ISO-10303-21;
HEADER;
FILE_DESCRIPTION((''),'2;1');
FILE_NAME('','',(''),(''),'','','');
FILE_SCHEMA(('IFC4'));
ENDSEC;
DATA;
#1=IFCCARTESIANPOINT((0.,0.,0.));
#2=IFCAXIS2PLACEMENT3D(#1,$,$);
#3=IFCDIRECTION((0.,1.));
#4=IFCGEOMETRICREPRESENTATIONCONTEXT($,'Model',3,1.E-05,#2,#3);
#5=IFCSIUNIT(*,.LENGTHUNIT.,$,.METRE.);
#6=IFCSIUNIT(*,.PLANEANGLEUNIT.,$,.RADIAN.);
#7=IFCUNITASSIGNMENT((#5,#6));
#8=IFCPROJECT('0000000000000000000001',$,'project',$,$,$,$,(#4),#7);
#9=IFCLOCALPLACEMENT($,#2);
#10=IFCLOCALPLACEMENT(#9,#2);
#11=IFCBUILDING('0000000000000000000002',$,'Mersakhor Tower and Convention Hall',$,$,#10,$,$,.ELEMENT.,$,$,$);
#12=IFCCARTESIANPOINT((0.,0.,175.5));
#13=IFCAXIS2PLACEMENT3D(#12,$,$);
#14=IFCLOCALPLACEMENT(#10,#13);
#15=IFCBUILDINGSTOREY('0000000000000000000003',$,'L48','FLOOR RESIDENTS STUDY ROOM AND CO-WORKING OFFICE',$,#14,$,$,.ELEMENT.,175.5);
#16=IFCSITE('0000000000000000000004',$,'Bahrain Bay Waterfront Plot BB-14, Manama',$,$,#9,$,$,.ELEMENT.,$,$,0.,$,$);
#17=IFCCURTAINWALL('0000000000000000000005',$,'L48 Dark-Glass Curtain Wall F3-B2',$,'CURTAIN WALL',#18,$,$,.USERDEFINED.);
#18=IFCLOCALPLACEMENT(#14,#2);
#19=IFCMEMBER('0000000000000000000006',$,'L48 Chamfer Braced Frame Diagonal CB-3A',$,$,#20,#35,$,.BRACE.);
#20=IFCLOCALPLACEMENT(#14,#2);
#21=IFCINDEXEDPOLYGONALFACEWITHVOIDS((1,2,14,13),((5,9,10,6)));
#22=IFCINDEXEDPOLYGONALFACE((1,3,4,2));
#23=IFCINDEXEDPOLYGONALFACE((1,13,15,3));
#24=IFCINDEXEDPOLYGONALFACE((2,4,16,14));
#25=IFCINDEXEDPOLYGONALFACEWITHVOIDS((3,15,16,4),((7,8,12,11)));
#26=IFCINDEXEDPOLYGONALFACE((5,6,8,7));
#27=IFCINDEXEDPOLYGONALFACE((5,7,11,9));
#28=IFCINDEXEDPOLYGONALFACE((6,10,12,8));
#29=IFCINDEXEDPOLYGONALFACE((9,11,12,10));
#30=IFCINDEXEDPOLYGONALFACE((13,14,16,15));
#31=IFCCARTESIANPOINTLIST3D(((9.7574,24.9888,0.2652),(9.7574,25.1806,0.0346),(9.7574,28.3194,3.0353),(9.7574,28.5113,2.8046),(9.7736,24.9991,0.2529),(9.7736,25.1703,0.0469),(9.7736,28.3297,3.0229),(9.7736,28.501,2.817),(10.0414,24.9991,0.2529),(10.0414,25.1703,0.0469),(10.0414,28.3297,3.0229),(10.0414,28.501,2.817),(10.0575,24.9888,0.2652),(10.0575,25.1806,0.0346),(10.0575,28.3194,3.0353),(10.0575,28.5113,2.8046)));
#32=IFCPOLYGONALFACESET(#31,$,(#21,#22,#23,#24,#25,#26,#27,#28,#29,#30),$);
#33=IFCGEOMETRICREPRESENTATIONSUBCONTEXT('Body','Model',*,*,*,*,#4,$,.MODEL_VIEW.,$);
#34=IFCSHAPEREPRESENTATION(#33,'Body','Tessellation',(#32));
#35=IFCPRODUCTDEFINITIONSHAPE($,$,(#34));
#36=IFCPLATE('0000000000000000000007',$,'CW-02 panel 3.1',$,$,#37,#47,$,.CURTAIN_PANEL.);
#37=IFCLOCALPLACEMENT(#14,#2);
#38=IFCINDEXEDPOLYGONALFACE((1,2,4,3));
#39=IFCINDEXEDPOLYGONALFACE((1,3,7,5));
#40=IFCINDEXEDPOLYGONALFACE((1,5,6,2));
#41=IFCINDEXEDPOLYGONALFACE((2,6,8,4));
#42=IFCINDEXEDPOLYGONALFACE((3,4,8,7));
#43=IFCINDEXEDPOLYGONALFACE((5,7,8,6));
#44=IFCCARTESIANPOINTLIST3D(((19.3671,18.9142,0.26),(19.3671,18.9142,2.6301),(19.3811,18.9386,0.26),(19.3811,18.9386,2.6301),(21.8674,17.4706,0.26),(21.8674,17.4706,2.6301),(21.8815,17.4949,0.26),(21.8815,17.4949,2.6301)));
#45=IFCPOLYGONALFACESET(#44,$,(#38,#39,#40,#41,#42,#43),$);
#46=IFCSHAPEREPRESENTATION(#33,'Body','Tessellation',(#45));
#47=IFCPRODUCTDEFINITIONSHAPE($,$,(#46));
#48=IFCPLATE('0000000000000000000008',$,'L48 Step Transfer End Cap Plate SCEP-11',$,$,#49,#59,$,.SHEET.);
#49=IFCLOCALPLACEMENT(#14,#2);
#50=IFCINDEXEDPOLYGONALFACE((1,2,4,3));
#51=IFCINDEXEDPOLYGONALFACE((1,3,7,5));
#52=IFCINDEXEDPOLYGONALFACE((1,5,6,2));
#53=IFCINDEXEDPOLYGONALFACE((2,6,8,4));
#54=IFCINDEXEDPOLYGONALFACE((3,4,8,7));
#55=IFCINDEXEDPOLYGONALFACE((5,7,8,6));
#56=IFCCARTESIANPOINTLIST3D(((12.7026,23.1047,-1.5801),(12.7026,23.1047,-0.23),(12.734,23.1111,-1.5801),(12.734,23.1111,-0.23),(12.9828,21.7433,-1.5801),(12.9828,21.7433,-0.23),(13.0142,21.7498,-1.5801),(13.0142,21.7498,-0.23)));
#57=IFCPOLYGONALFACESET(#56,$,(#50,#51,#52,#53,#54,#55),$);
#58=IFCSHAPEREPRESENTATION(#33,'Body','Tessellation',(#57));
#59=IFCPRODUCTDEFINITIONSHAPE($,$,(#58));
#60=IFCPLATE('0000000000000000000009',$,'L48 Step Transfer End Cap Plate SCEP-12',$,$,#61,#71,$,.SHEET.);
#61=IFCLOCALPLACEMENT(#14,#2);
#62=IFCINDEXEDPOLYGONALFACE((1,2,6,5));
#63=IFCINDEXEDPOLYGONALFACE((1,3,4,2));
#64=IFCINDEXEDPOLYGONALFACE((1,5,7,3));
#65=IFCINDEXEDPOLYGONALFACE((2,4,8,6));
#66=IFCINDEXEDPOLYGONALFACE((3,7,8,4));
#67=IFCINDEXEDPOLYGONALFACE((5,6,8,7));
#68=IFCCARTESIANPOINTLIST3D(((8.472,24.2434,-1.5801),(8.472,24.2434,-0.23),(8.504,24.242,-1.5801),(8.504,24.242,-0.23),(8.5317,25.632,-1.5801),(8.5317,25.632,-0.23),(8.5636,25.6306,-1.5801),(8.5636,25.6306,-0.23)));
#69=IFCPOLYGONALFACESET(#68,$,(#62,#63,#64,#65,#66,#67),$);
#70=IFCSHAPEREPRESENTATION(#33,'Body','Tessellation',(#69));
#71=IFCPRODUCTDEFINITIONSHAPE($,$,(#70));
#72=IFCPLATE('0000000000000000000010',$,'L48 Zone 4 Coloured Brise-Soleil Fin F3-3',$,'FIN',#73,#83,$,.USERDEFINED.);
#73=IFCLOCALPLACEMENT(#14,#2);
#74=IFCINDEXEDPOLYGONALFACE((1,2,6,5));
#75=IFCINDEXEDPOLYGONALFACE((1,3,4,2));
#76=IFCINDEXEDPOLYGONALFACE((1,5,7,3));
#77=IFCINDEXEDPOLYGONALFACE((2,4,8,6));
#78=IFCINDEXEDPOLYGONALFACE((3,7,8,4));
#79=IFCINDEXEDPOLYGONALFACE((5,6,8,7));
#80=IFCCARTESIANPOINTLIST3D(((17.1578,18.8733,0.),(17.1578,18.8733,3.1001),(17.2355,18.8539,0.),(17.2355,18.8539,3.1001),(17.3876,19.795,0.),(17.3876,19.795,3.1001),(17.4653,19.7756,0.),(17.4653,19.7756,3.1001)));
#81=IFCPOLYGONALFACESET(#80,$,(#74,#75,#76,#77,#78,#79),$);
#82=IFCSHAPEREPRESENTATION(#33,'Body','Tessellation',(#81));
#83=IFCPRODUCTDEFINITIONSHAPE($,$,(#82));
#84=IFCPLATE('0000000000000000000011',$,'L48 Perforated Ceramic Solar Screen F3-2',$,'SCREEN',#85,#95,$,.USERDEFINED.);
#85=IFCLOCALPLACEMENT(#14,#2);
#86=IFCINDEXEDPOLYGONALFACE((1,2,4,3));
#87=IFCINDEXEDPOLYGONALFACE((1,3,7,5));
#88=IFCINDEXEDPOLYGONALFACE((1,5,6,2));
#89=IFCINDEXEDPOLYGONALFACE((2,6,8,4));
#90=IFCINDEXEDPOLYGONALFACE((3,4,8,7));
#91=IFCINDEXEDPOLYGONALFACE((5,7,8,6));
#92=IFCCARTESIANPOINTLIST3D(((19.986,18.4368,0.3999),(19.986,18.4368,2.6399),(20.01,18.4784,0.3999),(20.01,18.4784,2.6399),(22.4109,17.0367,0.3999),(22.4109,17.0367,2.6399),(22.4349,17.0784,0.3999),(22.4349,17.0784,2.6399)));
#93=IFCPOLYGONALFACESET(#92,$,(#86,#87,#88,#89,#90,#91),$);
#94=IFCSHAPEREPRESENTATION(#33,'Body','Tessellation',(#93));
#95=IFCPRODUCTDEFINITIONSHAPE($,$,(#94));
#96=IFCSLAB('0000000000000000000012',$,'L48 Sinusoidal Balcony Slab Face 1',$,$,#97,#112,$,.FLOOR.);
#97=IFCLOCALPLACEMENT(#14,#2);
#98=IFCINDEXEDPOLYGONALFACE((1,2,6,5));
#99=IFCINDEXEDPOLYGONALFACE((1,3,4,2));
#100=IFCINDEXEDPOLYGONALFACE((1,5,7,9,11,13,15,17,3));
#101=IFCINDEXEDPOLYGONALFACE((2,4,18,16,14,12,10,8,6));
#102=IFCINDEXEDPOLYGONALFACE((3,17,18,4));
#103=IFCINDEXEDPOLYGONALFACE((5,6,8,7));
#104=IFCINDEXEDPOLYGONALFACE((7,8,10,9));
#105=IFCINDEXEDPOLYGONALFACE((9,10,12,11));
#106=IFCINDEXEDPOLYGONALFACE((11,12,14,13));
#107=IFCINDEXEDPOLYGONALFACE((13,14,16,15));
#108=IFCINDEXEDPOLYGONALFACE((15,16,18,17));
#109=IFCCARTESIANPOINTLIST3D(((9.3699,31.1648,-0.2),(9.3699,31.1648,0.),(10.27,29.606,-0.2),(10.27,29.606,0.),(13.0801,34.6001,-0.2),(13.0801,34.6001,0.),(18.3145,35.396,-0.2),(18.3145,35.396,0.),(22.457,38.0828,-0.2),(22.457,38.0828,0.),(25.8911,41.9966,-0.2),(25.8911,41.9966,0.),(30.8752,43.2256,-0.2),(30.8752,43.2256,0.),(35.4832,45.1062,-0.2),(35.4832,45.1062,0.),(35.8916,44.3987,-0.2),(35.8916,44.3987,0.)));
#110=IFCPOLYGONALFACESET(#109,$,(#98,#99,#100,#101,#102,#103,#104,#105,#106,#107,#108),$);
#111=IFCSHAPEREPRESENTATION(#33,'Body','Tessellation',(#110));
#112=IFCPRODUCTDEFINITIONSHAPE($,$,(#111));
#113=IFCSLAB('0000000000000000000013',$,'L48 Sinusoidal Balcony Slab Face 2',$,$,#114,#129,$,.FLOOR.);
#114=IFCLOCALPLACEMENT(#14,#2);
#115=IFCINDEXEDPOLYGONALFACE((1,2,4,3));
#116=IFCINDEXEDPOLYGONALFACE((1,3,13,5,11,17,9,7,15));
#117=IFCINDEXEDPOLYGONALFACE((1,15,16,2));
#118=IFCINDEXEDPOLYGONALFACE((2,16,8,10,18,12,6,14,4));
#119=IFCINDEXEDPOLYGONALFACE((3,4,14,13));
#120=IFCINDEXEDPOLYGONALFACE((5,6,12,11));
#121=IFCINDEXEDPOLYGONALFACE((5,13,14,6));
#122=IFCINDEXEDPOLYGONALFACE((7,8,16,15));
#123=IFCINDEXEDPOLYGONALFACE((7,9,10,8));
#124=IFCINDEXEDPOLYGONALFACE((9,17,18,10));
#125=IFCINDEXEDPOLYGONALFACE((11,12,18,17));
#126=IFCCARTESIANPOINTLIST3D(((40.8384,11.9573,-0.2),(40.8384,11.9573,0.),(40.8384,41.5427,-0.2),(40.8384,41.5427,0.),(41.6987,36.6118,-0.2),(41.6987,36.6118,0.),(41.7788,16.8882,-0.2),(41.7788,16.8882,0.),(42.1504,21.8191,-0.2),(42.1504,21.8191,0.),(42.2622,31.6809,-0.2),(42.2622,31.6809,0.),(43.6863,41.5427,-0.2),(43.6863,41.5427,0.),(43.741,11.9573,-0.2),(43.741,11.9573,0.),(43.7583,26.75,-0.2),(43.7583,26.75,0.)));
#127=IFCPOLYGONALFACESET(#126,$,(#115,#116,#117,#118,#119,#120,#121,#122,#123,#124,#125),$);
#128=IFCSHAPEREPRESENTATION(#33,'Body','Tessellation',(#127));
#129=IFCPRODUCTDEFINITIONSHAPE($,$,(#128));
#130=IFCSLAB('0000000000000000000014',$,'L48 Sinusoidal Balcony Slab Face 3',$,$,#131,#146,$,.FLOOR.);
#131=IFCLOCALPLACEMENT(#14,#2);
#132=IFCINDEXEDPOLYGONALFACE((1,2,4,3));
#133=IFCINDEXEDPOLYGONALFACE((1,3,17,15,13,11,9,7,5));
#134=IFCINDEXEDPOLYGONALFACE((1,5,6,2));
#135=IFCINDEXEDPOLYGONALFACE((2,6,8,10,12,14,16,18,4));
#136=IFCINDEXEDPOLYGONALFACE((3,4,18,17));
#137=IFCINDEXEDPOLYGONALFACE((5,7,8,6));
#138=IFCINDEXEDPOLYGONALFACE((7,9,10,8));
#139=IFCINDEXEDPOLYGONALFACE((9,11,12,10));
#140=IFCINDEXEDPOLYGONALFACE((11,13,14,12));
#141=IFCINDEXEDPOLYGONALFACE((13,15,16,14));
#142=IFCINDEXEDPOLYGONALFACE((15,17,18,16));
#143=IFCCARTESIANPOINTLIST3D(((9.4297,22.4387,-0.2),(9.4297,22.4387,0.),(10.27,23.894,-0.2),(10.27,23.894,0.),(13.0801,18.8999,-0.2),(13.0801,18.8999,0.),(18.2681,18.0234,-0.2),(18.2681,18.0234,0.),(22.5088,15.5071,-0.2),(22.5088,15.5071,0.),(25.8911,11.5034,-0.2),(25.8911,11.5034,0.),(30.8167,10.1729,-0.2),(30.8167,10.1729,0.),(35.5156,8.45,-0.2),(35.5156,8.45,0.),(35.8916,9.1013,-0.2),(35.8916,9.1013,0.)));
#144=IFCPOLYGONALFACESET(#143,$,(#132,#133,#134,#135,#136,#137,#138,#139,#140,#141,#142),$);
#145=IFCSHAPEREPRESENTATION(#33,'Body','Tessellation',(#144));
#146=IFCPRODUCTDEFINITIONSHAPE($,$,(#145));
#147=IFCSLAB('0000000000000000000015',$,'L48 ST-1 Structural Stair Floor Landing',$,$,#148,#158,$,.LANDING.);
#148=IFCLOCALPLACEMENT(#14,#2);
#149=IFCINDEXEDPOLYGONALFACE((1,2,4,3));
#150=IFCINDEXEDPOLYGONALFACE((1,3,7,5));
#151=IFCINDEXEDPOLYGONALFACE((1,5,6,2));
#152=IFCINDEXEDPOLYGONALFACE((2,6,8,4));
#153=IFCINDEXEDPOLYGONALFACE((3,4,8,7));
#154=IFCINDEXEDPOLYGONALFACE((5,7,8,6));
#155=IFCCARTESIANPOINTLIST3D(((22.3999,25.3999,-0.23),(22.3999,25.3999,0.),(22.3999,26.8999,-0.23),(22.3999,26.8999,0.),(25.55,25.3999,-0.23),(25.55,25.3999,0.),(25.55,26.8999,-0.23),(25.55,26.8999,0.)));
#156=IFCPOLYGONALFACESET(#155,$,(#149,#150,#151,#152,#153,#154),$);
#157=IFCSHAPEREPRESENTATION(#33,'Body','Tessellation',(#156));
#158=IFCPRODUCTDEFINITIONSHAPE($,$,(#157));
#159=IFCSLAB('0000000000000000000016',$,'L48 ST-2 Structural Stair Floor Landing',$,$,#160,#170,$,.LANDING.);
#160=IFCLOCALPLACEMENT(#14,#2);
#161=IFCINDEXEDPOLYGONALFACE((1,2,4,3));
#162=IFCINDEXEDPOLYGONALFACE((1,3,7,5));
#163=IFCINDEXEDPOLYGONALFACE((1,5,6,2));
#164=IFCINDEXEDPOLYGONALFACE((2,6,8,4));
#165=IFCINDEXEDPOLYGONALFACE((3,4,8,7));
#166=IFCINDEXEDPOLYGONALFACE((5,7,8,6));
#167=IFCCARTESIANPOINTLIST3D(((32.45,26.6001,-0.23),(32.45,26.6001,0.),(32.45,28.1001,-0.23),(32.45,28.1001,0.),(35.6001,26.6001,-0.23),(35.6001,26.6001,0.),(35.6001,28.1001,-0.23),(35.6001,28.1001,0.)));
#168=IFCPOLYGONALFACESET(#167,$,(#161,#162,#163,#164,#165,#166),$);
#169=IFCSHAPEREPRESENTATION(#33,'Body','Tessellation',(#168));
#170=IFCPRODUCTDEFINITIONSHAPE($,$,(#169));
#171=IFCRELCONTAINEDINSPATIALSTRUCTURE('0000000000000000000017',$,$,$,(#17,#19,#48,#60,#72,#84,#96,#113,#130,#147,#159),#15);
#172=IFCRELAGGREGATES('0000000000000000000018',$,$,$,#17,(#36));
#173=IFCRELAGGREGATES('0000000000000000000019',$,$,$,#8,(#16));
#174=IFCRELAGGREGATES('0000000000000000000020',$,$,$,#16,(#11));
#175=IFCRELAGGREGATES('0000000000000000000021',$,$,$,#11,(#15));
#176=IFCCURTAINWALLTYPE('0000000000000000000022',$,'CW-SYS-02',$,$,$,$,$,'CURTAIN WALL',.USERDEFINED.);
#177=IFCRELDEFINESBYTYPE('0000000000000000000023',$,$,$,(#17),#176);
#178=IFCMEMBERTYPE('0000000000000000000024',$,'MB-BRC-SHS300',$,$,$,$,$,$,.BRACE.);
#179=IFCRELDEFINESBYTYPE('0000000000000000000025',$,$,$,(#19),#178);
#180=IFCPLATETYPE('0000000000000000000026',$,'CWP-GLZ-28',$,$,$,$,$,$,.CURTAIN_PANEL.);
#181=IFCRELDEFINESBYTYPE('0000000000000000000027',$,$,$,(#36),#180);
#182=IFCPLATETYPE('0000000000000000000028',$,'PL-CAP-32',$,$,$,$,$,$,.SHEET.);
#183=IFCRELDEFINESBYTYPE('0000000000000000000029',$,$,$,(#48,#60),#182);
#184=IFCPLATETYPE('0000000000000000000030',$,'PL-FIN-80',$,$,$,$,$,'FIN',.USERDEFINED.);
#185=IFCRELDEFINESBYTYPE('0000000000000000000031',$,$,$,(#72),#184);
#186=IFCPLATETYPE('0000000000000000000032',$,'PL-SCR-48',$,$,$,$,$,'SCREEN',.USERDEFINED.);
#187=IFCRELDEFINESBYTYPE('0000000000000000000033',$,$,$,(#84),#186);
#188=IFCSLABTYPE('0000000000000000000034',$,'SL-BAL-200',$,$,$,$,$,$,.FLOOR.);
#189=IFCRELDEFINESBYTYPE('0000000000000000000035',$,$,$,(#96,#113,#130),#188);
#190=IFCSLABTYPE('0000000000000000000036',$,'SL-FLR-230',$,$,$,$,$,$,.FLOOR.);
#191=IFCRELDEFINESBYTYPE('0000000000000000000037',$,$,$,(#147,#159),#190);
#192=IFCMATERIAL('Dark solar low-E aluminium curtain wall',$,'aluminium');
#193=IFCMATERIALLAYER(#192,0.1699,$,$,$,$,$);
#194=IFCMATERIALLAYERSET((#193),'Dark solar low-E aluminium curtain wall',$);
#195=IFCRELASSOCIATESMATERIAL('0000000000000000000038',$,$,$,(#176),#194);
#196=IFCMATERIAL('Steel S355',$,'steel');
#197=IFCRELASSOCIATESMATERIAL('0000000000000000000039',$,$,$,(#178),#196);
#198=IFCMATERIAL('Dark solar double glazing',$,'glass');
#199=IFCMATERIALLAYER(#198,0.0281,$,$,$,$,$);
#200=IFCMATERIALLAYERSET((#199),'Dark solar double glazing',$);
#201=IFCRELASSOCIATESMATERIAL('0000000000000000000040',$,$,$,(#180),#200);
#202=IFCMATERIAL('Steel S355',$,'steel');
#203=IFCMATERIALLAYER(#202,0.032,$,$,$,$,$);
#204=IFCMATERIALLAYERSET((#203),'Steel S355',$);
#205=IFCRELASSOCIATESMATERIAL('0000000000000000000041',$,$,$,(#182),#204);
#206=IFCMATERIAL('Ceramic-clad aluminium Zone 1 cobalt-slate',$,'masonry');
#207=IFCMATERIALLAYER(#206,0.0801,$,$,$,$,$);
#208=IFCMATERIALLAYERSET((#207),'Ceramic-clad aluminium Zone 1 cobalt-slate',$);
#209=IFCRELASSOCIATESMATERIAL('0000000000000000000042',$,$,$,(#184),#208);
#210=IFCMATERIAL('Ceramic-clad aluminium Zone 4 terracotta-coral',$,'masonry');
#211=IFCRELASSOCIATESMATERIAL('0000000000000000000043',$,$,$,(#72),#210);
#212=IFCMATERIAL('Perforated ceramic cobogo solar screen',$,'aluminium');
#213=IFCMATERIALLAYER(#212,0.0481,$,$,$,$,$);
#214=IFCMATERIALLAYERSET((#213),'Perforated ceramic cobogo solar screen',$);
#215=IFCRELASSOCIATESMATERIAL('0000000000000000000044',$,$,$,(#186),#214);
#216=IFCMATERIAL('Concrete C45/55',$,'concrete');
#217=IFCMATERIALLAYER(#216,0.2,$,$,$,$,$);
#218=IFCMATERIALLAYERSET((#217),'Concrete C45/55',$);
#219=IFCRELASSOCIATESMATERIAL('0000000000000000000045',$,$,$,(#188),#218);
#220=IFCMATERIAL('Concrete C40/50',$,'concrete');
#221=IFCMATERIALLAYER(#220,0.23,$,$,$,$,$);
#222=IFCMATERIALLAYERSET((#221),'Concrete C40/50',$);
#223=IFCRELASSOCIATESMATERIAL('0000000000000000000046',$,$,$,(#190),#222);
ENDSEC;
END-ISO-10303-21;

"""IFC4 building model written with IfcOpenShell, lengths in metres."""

from ifc_helpers import new_model, si_unit, direction, frame, origin, origin_2d, place, context, subcontext, project, spatial, polyline, rectangle, hollow_rectangle, outline, extrude, material, layer, layer_set, material_profile, profile_set, type_object, element, aggregate, save


model = new_model("IFC4")

# Units and contexts
model_context = context("Model", 3, precision=1e-05, world=origin(), true_north=direction((0.0, 1.0)))
body_context = subcontext(model_context, "Body", "Model", "MODEL_VIEW")
ifc_project = project(units=[si_unit("LENGTHUNIT", "METRE"), si_unit("PLANEANGLEUNIT", "RADIAN")], contexts=[model_context])

# Site, building, storey
site_placement = place(None, origin())
site = spatial("IfcSite", under=ifc_project, at=site_placement, Name="Bahrain Bay Waterfront Plot BB-14, Manama", CompositionType="ELEMENT", RefElevation=0.0)
building_placement = place(site_placement, origin())
building = spatial("IfcBuilding", under=site, at=building_placement, Name="Mersakhor Tower and Convention Hall", CompositionType="ELEMENT")
storey_placement = place(building_placement, frame((0.0, 0.0, 175.5)))
storey = spatial("IfcBuildingStorey", under=building, at=storey_placement, Name="L48", Description="FLOOR RESIDENTS STUDY ROOM AND CO-WORKING OFFICE", CompositionType="ELEMENT", Elevation=175.5)

# Curtain wall
ifc_material_1 = material(Name="Dark solar low-E aluminium curtain wall", Category="aluminium")
ifc_layer_1 = layer(ifc_material_1, 0.1699)
ifc_layer_set_1 = layer_set([ifc_layer_1], Name="Dark solar low-E aluminium curtain wall")
curtain_wall_type = type_object("IfcCurtainWallType", Name="CW-SYS-02", ElementType="CURTAIN WALL", PredefinedType="USERDEFINED", material=ifc_layer_set_1)
curtain_wall_placement = place(storey_placement, origin())
curtain_wall = element("IfcCurtainWall", 1, at=curtain_wall_placement, inside=storey, type_object=curtain_wall_type, Name="L48 Dark-Glass Curtain Wall F3-B2", ObjectType="CURTAIN WALL", PredefinedType="USERDEFINED")

# Member
ifc_material_2 = material(Name="Steel S355", Category="steel")
ifc_material_profile_1 = material_profile(ifc_material_2, hollow_rectangle(XDim=0.3, YDim=0.3, WallThickness=0.0161, at=origin_2d()), Name="SHS 300x300x16")
ifc_profile_set_1 = profile_set([ifc_material_profile_1], Name="Steel S355")
member_type_1 = type_object("IfcMemberType", Name="MB-BRC-SHS300", PredefinedType="BRACE", material=ifc_profile_set_1)
member_1_placement = place(storey_placement, frame((9.9075, 25.0847, 0.1499), z_axis=(0.0, 0.76884, 0.639441), x_axis=(-1.0, 0.0, 0.0)))
element("IfcMember", 2, at=member_1_placement, inside=storey, type_object=member_type_1, Name="L48 Chamfer Braced Frame Diagonal CB-3A", PredefinedType="BRACE", context=body_context, shape_type="SweptSolid", body=[
    extrude(hollow_rectangle(XDim=0.3, YDim=0.3, WallThickness=0.0161, at=origin_2d()), origin(), (0.0, 0.0, 1.0), 4.332),
])

# Plate
ifc_material_3 = material(Name="Dark solar double glazing", Category="glass")
ifc_layer_2 = layer(ifc_material_3, 0.0281)
ifc_layer_set_2 = layer_set([ifc_layer_2], Name="Dark solar double glazing")
plate_type_1 = type_object("IfcPlateType", Name="CWP-GLZ-28", PredefinedType="CURTAIN_PANEL", material=ifc_layer_set_2)
plate_1_placement = place(storey_placement, frame((20.6243, 18.2046, 0.26), z_axis=(0.0, 0.0, 1.0), x_axis=(-0.866021, 0.500008, 0.0)))
plate_1 = element("IfcPlate", 3, at=plate_1_placement, type_object=plate_type_1, Name="CW-02 panel 3.1", PredefinedType="CURTAIN_PANEL", context=body_context, shape_type="SweptSolid", body=[
    extrude(rectangle(XDim=2.8872, YDim=0.0281, at=origin_2d()), origin(), (0.0, 0.0, 1.0), 2.3701),
])
aggregate(curtain_wall, [plate_1])

# Plates
ifc_material_4 = material(Name="Steel S355", Category="steel")
ifc_layer_3 = layer(ifc_material_4, 0.032)
ifc_layer_set_3 = layer_set([ifc_layer_3], Name="Steel S355")
plate_type_2 = type_object("IfcPlateType", Name="PL-CAP-32", PredefinedType="SHEET", material=ifc_layer_set_3)
for number, where, z_axis, x_axis, name in (
    (4, (12.8584, 22.4272, -1.5801), (0.0, 0.0, 1.0), (0.97947, 0.201591, 0.0), "L48 Step Transfer End Cap Plate SCEP-11"),
    (5, (8.5178, 24.937, -1.5801), (0.0, 0.0, 1.0), (0.999078, -0.042922, 0.0), "L48 Step Transfer End Cap Plate SCEP-12"),
):
    element("IfcPlate", number, at=place(storey_placement, frame(where, z_axis=z_axis, x_axis=x_axis)), inside=storey, type_object=plate_type_2, Name=name, PredefinedType="SHEET", context=body_context, shape_type="SweptSolid", body=[
        extrude(rectangle(XDim=0.032, YDim=1.3899, at=origin_2d()), origin(), (0.0, 0.0, 1.0), 1.3501),
    ])
ifc_material_5 = material(Name="Ceramic-clad aluminium Zone 4 terracotta-coral", Category="masonry")
ifc_material_6 = material(Name="Ceramic-clad aluminium Zone 1 cobalt-slate", Category="masonry")
ifc_layer_4 = layer(ifc_material_6, 0.0801)
ifc_layer_set_4 = layer_set([ifc_layer_4], Name="Ceramic-clad aluminium Zone 1 cobalt-slate")
plate_type_3 = type_object("IfcPlateType", Name="PL-FIN-80", ElementType="FIN", PredefinedType="USERDEFINED", material=ifc_layer_set_4)
plate_2_placement = place(storey_placement, frame((17.3115, 19.3245, 0.0), z_axis=(0.0, 0.0, 1.0), x_axis=(-0.241922, -0.970296, 0.0)))
element("IfcPlate", 6, at=plate_2_placement, inside=storey, type_object=plate_type_3, material=ifc_material_5, Name="L48 Zone 4 Coloured Brise-Soleil Fin F3-3", ObjectType="FIN", PredefinedType="USERDEFINED", context=body_context, shape_type="SweptSolid", body=[
    extrude(rectangle(XDim=0.95, YDim=0.0801, at=origin_2d()), origin(), (0.0, 0.0, 1.0), 3.1001),
])
ifc_material_7 = material(Name="Perforated ceramic cobogo solar screen", Category="aluminium")
ifc_layer_5 = layer(ifc_material_7, 0.0481)
ifc_layer_set_5 = layer_set([ifc_layer_5], Name="Perforated ceramic cobogo solar screen")
plate_type_4 = type_object("IfcPlateType", Name="PL-SCR-48", ElementType="SCREEN", PredefinedType="USERDEFINED", material=ifc_layer_set_5)
plate_3_placement = place(storey_placement, frame((21.2104, 17.7576, 0.3999), z_axis=(0.0, 0.0, 1.0), x_axis=(-0.866025, 0.5, 0.0)))
element("IfcPlate", 7, at=plate_3_placement, inside=storey, type_object=plate_type_4, Name="L48 Perforated Ceramic Solar Screen F3-2", ObjectType="SCREEN", PredefinedType="USERDEFINED", context=body_context, shape_type="SweptSolid", body=[
    extrude(rectangle(XDim=2.8, YDim=0.0481, at=origin_2d()), origin(), (0.0, 0.0, 1.0), 2.24),
])

# Slabs
ifc_material_8 = material(Name="Concrete C45/55", Category="concrete")
ifc_layer_6 = layer(ifc_material_8, 0.2)
ifc_layer_set_6 = layer_set([ifc_layer_6], Name="Concrete C45/55")
slab_type_1 = type_object("IfcSlabType", Name="SL-BAL-200", PredefinedType="FLOOR", material=ifc_layer_set_6)
slab_1_placement = place(storey_placement, frame((0.0, 0.0, -0.2)))
element("IfcSlab", 8, at=slab_1_placement, inside=storey, type_object=slab_type_1, Name="L48 Sinusoidal Balcony Slab Face 1", PredefinedType="FLOOR", context=body_context, shape_type="SweptSolid", body=[
    extrude(outline(polyline([(10.27, 29.606), (35.8916, 44.3987), (35.4832, 45.1062), (30.8752, 43.2256), (25.8911, 41.9966), (22.457, 38.0828), (18.3145, 35.396), (13.0801, 34.6001), (9.3699, 31.1648), (10.27, 29.606)])), origin(), (0.0, 0.0, 1.0), 0.2),
])
slab_2_placement = place(storey_placement, frame((0.0, 0.0, -0.2)))
element("IfcSlab", 9, at=slab_2_placement, inside=storey, type_object=slab_type_1, Name="L48 Sinusoidal Balcony Slab Face 2", PredefinedType="FLOOR", context=body_context, shape_type="SweptSolid", body=[
    extrude(outline(polyline([(40.8384, 41.5427), (40.8384, 11.9573), (43.741, 11.9573), (41.7788, 16.8882), (42.1504, 21.8191), (43.7583, 26.75), (42.2622, 31.6809), (41.6987, 36.6118), (43.6863, 41.5427), (40.8384, 41.5427)])), origin(), (0.0, 0.0, 1.0), 0.2),
])
slab_3_placement = place(storey_placement, frame((0.0, 0.0, -0.2)))
element("IfcSlab", 10, at=slab_3_placement, inside=storey, type_object=slab_type_1, Name="L48 Sinusoidal Balcony Slab Face 3", PredefinedType="FLOOR", context=body_context, shape_type="SweptSolid", body=[
    extrude(outline(polyline([(35.8916, 9.1013), (10.27, 23.894), (9.4297, 22.4387), (13.0801, 18.8999), (18.2681, 18.0234), (22.5088, 15.5071), (25.8911, 11.5034), (30.8167, 10.1729), (35.5156, 8.45), (35.8916, 9.1013)])), origin(), (0.0, 0.0, 1.0), 0.2),
])
ifc_material_9 = material(Name="Concrete C40/50", Category="concrete")
ifc_layer_7 = layer(ifc_material_9, 0.23)
ifc_layer_set_7 = layer_set([ifc_layer_7], Name="Concrete C40/50")
slab_type_2 = type_object("IfcSlabType", Name="SL-FLR-230", PredefinedType="FLOOR", material=ifc_layer_set_7)
slab_4_placement = place(storey_placement, frame((0.0, 0.0, -0.23)))
element("IfcSlab", 11, at=slab_4_placement, inside=storey, type_object=slab_type_2, Name="L48 ST-1 Structural Stair Floor Landing", PredefinedType="LANDING", context=body_context, shape_type="SweptSolid", body=[
    extrude(outline(polyline([(25.55, 25.3999), (25.55, 26.8999), (22.3999, 26.8999), (22.3999, 25.3999), (25.55, 25.3999)])), origin(), (0.0, 0.0, 1.0), 0.23),
])
slab_5_placement = place(storey_placement, frame((0.0, 0.0, -0.23)))
element("IfcSlab", 12, at=slab_5_placement, inside=storey, type_object=slab_type_2, Name="L48 ST-2 Structural Stair Floor Landing", PredefinedType="LANDING", context=body_context, shape_type="SweptSolid", body=[
    extrude(outline(polyline([(32.45, 28.1001), (32.45, 26.6001), (35.6001, 26.6001), (35.6001, 28.1001), (32.45, 28.1001)])), origin(), (0.0, 0.0, 1.0), 0.23),
])

save(model, "model.ifc")
